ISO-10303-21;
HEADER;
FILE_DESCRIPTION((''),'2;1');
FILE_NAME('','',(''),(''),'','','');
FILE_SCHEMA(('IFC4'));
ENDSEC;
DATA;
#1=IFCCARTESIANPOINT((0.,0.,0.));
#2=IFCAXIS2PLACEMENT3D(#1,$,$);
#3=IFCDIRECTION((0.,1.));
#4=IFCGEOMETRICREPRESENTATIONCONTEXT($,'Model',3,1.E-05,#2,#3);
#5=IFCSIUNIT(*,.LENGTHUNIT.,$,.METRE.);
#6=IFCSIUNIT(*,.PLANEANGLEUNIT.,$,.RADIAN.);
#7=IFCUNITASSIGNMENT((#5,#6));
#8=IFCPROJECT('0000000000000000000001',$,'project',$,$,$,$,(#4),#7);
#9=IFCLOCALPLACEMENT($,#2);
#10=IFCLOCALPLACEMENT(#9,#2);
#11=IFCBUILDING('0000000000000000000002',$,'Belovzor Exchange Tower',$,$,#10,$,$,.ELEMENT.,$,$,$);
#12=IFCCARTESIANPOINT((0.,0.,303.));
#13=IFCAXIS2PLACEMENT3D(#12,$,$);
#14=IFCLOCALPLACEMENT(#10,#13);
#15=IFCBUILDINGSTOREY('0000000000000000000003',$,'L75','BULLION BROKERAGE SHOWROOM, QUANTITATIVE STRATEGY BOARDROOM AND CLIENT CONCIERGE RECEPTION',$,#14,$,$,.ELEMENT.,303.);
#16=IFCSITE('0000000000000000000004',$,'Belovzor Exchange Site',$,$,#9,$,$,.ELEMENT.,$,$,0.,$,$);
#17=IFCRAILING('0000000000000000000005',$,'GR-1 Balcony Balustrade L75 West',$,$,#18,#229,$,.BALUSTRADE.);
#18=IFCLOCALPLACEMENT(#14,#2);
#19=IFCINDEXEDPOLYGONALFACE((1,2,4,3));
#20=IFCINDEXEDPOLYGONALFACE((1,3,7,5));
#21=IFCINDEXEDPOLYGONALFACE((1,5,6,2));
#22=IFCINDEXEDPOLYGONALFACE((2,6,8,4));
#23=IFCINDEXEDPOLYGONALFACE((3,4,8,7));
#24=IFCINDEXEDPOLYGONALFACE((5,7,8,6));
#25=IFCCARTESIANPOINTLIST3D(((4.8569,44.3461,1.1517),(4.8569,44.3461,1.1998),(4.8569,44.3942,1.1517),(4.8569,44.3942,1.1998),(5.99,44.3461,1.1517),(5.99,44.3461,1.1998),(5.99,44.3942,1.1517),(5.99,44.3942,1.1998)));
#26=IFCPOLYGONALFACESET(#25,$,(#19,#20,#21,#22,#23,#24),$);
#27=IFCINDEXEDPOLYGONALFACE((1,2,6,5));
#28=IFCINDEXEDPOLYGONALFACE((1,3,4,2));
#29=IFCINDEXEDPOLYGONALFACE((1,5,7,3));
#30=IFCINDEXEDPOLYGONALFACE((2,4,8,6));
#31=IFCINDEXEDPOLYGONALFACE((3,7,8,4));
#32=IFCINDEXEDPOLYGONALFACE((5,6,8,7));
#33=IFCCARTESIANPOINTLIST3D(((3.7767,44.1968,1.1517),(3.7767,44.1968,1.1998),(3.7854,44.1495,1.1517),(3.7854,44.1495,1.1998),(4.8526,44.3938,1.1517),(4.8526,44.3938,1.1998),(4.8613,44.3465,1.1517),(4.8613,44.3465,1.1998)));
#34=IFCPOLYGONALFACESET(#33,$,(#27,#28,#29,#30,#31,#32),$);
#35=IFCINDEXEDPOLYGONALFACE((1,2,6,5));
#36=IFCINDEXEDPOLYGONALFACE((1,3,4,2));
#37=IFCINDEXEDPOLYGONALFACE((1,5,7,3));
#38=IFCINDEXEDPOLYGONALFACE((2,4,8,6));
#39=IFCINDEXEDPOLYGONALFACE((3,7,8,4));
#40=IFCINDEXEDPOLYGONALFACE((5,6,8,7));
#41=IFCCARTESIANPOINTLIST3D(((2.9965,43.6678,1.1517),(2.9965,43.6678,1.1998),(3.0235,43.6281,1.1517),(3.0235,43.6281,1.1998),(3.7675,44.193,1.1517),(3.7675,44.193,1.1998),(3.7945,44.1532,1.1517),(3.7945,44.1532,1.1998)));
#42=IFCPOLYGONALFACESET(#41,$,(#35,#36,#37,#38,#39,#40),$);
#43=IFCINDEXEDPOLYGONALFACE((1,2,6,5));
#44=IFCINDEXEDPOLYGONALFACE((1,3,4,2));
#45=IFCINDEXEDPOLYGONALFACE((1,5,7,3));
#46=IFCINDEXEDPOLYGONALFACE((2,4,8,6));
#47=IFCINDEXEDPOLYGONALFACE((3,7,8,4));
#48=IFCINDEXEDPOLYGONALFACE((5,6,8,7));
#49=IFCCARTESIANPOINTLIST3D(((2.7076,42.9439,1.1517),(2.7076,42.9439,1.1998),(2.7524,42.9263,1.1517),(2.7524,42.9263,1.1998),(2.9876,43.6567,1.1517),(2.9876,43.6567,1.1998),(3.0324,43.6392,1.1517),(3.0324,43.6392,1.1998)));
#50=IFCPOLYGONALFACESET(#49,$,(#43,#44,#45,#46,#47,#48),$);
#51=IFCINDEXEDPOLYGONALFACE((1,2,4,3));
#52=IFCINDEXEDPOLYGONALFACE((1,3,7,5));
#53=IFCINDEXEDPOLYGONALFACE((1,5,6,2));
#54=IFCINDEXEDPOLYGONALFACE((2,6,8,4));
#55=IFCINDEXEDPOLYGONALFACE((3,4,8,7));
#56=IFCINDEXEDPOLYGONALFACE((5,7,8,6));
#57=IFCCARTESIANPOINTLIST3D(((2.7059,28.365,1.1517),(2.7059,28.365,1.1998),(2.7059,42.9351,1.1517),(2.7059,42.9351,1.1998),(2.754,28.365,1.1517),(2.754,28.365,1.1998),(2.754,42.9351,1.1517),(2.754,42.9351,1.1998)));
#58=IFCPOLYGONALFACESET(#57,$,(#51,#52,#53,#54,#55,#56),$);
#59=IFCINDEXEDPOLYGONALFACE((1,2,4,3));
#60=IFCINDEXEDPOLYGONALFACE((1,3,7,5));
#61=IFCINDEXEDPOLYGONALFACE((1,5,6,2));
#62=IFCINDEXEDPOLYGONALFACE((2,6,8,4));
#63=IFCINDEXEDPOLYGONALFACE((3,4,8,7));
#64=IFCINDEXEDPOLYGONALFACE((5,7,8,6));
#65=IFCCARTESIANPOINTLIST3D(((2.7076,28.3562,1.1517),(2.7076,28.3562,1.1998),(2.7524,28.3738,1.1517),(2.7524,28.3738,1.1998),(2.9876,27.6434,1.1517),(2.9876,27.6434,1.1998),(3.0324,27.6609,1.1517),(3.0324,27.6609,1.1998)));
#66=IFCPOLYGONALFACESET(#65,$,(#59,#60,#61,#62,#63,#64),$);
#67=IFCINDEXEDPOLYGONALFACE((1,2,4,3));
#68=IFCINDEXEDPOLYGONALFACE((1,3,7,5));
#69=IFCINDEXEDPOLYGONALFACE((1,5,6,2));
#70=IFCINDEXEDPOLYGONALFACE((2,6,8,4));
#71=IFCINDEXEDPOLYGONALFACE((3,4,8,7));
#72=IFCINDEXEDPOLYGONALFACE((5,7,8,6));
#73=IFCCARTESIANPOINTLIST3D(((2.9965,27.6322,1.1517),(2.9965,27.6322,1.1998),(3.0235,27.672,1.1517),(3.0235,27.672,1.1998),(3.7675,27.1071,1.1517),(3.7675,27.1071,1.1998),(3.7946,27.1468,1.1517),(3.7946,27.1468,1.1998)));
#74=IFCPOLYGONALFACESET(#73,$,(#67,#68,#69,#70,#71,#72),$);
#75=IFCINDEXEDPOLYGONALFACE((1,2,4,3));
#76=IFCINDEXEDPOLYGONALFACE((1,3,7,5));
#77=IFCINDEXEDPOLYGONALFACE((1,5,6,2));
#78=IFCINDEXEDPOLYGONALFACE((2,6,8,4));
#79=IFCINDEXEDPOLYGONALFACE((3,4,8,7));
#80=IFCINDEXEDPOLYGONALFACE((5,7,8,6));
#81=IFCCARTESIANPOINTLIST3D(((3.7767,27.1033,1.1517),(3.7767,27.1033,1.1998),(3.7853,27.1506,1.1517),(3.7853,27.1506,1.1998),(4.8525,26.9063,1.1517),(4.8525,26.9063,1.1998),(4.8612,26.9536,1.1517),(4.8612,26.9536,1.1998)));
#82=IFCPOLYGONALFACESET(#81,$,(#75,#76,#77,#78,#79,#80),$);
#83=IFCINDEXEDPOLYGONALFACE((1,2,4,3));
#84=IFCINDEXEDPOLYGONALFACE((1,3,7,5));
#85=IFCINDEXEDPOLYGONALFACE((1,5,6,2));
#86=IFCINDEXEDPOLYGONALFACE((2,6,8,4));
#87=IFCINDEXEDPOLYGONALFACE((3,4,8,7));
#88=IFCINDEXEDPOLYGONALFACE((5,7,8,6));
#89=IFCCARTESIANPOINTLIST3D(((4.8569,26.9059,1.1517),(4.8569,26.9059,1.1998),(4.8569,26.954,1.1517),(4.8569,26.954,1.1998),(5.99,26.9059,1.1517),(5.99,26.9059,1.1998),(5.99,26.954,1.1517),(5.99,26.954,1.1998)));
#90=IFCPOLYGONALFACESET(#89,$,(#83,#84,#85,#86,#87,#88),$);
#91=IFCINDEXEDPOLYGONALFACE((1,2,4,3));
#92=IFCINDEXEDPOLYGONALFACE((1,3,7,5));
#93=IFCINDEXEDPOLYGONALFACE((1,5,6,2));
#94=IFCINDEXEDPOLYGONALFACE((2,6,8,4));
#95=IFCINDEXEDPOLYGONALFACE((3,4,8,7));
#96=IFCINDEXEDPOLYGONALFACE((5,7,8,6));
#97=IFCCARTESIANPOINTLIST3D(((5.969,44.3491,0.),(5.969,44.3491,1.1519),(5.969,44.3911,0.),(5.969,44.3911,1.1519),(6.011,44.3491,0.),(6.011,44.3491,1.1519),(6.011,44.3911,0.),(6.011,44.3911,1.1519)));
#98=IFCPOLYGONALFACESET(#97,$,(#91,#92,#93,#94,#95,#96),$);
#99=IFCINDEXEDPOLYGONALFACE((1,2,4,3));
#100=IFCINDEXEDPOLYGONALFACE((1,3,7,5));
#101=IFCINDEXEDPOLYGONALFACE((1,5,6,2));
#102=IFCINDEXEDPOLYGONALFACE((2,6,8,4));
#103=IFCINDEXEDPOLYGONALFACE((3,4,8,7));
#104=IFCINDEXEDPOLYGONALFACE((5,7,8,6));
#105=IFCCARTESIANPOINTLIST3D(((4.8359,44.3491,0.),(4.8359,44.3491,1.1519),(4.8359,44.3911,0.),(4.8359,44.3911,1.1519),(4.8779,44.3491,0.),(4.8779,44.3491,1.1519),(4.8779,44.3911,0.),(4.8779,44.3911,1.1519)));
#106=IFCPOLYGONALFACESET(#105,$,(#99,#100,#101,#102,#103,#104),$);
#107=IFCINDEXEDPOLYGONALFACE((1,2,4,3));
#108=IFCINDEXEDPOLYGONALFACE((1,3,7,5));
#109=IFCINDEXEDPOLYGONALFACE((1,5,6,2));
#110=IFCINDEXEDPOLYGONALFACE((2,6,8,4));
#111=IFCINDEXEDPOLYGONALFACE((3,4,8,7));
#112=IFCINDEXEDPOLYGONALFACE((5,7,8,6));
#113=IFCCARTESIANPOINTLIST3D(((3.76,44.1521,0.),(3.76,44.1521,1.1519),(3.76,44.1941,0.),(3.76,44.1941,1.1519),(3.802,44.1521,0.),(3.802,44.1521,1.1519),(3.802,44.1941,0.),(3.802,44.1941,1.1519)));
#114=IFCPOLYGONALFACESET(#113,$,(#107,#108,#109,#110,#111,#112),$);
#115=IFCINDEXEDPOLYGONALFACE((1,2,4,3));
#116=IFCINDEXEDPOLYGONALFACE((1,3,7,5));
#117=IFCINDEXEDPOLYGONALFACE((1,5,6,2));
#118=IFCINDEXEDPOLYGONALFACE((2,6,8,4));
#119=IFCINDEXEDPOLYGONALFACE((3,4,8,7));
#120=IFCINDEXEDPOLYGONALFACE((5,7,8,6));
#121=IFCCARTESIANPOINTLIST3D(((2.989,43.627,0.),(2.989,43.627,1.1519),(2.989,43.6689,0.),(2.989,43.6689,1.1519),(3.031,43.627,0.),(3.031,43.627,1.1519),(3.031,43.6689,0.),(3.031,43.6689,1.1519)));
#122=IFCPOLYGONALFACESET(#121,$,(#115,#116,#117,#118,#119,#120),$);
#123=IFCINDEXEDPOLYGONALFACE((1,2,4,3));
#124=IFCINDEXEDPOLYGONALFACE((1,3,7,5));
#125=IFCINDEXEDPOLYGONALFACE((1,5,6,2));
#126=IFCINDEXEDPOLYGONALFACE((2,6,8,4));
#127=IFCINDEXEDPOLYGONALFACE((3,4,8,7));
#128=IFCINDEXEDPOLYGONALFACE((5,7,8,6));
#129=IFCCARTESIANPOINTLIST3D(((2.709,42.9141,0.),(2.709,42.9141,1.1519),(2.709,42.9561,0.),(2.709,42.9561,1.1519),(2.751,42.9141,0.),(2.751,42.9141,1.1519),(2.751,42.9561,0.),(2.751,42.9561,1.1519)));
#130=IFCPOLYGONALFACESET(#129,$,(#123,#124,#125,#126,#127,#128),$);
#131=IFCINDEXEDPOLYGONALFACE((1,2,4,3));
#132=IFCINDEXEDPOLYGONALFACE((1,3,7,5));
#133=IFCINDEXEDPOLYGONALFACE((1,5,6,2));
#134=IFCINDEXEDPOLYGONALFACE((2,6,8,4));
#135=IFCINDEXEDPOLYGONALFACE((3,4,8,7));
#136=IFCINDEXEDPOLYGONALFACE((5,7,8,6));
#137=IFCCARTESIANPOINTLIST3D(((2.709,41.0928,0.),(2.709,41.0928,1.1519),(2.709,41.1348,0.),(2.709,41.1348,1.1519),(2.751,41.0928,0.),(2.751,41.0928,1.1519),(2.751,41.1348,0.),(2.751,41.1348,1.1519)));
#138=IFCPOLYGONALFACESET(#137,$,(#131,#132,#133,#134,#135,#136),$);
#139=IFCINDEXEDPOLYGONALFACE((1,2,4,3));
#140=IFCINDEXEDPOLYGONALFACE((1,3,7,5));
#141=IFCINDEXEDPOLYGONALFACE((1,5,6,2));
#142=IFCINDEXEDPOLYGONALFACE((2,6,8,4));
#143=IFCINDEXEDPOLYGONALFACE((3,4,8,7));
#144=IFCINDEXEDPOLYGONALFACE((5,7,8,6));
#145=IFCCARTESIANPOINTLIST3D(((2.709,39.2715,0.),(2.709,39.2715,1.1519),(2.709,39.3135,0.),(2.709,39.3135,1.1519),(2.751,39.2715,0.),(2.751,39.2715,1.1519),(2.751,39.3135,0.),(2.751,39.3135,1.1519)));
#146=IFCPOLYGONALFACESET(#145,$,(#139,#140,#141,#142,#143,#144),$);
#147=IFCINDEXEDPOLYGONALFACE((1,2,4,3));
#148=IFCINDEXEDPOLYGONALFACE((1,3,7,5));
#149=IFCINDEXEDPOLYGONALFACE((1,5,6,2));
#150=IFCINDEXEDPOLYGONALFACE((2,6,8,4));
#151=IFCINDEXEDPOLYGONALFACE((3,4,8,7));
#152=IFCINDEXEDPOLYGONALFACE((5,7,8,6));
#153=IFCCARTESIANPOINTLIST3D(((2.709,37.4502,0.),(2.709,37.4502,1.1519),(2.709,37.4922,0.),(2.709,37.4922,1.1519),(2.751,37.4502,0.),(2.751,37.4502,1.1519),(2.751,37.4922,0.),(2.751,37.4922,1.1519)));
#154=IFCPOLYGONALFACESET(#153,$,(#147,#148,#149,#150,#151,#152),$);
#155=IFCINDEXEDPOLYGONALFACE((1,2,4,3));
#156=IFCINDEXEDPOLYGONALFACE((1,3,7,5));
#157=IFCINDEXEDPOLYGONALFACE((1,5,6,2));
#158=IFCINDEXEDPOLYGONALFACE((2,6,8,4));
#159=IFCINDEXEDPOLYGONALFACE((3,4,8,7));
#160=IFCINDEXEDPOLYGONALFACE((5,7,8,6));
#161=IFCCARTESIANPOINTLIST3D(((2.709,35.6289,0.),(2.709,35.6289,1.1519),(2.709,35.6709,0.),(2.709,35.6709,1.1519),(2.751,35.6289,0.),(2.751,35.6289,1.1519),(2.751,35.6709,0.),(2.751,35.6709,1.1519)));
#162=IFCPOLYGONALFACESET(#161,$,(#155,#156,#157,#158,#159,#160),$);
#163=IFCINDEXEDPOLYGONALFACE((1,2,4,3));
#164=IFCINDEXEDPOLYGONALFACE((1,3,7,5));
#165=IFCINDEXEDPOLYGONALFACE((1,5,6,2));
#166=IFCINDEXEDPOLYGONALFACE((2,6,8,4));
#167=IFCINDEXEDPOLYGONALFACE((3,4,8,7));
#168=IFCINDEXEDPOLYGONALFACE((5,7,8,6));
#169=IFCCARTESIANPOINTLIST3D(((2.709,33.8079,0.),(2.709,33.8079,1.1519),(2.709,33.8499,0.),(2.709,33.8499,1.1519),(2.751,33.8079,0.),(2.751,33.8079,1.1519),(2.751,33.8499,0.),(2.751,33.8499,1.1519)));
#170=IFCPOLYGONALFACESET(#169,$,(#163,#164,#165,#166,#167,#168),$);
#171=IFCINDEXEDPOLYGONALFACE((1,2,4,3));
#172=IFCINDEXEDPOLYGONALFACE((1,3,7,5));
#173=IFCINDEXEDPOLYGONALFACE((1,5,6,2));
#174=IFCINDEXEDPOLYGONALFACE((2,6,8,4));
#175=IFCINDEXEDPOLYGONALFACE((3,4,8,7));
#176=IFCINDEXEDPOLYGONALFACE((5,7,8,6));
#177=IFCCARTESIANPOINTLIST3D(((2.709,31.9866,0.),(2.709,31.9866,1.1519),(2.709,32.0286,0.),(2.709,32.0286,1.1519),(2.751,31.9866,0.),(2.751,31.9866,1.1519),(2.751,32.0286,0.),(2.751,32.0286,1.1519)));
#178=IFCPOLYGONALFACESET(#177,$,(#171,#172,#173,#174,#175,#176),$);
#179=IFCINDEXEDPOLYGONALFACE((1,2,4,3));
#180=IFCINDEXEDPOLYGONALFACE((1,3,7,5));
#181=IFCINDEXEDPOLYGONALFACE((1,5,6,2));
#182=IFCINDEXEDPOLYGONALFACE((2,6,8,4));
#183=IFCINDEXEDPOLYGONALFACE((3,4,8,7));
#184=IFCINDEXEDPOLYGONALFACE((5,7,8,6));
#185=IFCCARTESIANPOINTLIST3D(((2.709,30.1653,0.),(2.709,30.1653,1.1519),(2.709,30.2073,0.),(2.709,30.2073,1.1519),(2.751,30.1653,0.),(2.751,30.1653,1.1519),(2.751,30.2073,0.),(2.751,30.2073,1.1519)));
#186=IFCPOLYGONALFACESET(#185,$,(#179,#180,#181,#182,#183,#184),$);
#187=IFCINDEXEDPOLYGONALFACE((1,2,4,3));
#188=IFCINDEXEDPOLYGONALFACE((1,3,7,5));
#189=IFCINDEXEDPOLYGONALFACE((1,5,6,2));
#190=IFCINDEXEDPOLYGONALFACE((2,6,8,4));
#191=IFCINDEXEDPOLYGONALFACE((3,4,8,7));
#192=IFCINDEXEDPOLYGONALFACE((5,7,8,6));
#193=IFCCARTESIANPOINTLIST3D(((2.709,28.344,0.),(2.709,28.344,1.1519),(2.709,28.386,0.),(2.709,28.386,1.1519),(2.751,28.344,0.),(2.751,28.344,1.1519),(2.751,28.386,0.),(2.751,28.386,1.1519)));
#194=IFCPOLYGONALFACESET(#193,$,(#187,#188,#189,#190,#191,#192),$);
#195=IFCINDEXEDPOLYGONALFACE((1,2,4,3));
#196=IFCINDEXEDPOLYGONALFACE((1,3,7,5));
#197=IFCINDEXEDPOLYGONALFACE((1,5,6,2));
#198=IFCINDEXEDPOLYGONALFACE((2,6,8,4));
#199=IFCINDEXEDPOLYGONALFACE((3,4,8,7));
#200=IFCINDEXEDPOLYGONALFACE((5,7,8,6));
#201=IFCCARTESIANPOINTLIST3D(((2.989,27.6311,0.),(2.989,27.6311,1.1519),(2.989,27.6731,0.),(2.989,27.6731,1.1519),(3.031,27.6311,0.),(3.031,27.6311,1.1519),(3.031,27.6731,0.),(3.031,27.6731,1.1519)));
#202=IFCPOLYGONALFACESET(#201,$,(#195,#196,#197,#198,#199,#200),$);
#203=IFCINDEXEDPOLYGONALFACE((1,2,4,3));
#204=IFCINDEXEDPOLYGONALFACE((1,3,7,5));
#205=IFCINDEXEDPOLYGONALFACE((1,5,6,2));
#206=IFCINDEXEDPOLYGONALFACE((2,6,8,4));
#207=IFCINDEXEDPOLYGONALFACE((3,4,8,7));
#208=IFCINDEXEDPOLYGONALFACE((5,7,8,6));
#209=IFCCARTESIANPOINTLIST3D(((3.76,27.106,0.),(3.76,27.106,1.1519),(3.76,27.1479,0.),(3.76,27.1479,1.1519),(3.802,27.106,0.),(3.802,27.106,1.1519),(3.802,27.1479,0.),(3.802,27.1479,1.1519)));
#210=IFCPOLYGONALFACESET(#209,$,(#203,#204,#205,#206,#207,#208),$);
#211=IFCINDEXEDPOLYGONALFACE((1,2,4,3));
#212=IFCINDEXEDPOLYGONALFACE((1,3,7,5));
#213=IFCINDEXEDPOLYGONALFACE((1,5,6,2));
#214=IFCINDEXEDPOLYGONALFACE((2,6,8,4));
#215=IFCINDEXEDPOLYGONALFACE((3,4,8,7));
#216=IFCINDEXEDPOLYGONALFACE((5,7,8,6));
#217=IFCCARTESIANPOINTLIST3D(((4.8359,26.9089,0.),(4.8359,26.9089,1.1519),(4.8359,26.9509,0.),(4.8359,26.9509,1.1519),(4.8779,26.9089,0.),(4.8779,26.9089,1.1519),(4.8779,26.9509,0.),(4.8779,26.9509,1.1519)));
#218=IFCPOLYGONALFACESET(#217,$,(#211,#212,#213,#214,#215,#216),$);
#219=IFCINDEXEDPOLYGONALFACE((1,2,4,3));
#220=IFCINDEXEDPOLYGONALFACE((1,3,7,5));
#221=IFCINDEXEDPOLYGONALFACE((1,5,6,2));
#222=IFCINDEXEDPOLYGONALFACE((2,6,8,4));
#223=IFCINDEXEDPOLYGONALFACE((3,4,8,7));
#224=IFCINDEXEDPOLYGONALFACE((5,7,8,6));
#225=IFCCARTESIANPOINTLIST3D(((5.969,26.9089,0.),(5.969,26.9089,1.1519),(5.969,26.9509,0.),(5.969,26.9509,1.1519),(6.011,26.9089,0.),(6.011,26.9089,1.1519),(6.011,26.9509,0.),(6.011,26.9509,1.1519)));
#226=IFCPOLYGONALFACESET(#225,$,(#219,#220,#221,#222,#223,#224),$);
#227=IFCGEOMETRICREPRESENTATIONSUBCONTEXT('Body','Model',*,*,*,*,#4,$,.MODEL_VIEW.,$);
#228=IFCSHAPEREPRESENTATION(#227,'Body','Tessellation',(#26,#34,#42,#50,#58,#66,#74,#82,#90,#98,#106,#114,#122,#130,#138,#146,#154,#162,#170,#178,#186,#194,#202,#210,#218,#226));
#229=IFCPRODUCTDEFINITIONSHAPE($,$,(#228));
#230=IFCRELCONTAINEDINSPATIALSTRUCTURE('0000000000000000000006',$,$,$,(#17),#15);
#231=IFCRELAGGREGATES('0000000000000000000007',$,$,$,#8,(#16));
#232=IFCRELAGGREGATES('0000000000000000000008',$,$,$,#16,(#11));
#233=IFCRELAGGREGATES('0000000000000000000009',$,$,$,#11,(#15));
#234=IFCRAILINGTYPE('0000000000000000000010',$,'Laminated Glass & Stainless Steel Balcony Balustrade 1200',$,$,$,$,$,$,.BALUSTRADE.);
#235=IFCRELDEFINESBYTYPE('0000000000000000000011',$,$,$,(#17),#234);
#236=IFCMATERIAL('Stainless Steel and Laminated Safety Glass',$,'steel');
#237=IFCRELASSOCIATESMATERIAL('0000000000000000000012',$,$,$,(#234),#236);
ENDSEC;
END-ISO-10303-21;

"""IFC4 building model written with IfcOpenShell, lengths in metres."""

from ifc_helpers import new_model, si_unit, direction, frame, origin, origin_2d, place, context, subcontext, project, spatial, rectangle, extrude, material, type_object, element, save


model = new_model("IFC4")

# Units and contexts
model_context = context("Model", 3, precision=1e-05, world=origin(), true_north=direction((0.0, 1.0)))
body_context = subcontext(model_context, "Body", "Model", "MODEL_VIEW")
ifc_project = project(units=[si_unit("LENGTHUNIT", "METRE"), si_unit("PLANEANGLEUNIT", "RADIAN")], contexts=[model_context])

# Site, building, storey
site_placement = place(None, origin())
site = spatial("IfcSite", under=ifc_project, at=site_placement, Name="Belovzor Exchange Site", CompositionType="ELEMENT", RefElevation=0.0)
building_placement = place(site_placement, origin())
building = spatial("IfcBuilding", under=site, at=building_placement, Name="Belovzor Exchange Tower", CompositionType="ELEMENT")
storey_placement = place(building_placement, frame((0.0, 0.0, 303.0)))
storey = spatial("IfcBuildingStorey", under=building, at=storey_placement, Name="L75", Description="BULLION BROKERAGE SHOWROOM, QUANTITATIVE STRATEGY BOARDROOM AND CLIENT CONCIERGE RECEPTION", CompositionType="ELEMENT", Elevation=303.0)

# Railing
ifc_material_1 = material(Name="Stainless Steel and Laminated Safety Glass", Category="steel")
railing_type = type_object("IfcRailingType", Name="Laminated Glass & Stainless Steel Balcony Balustrade 1200", PredefinedType="BALUSTRADE", material=ifc_material_1)
railing_placement = place(storey_placement, frame((5.99, 44.3701, 0.0)))
element("IfcRailing", 1, at=railing_placement, inside=storey, type_object=railing_type, Name="GR-1 Balcony Balustrade L75 West", PredefinedType="BALUSTRADE", context=body_context, shape_type="SweptSolid", body=[
    extrude(rectangle(XDim=0.0481, YDim=0.0481, at=origin_2d()), frame((0.0, 0.0, 1.1758), z_axis=(-1.0, 0.0, 0.0), x_axis=(0.0, -1.0, 0.0)), (0.0, 0.0, 1.0), 1.1331),
    extrude(rectangle(XDim=0.0481, YDim=0.0481, at=origin_2d()), frame((-1.1331, 0.0, 1.1758), z_axis=(-0.983644, -0.180123, 0.0), x_axis=(0.180123, -0.983644, 0.0)), (0.0, 0.0, 1.0), 1.0938),
    extrude(rectangle(XDim=0.0481, YDim=0.0481, at=origin_2d()), frame((-2.209, -0.197, 1.1758), z_axis=(-0.826493, -0.562947, 0.0), x_axis=(0.562947, -0.826493, 0.0)), (0.0, 0.0, 1.0), 0.9329),
    extrude(rectangle(XDim=0.0481, YDim=0.0481, at=origin_2d()), frame((-2.98, -0.7222, 1.1758), z_axis=(-0.365613, -0.930767, 0.0), x_axis=(0.930767, -0.365613, 0.0)), (0.0, 0.0, 1.0), 0.7659),
    extrude(rectangle(XDim=0.0481, YDim=0.0481, at=origin_2d()), frame((-3.26, -1.4351, 1.1758), z_axis=(0.0, -1.0, 0.0), x_axis=(1.0, 0.0, 0.0)), (0.0, 0.0, 1.0), 14.5701),
    extrude(rectangle(XDim=0.0481, YDim=0.0481, at=origin_2d()), frame((-3.26, -16.0051, 1.1758), z_axis=(0.365613, -0.930767, 0.0), x_axis=(0.930767, 0.365613, 0.0)), (0.0, 0.0, 1.0), 0.7659),
    extrude(rectangle(XDim=0.0481, YDim=0.0481, at=origin_2d()), frame((-2.98, -16.718, 1.1758), z_axis=(0.826493, -0.562947, 0.0), x_axis=(0.562947, 0.826493, 0.0)), (0.0, 0.0, 1.0), 0.9329),
    extrude(rectangle(XDim=0.0481, YDim=0.0481, at=origin_2d()), frame((-2.209, -17.2432, 1.1758), z_axis=(0.983644, -0.180123, 0.0), x_axis=(0.180123, 0.983644, 0.0)), (0.0, 0.0, 1.0), 1.0938),
    extrude(rectangle(XDim=0.0481, YDim=0.0481, at=origin_2d()), frame((-1.1331, -17.4402, 1.1758), z_axis=(1.0, 0.0, 0.0), x_axis=(0.0, 1.0, 0.0)), (0.0, 0.0, 1.0), 1.1331),
    extrude(rectangle(XDim=0.042, YDim=0.042, at=origin_2d()), origin(), (0.0, 0.0, 1.0), 1.1519),
    extrude(rectangle(XDim=0.042, YDim=0.042, at=origin_2d()), frame((-1.1331, 0.0, 0.0)), (0.0, 0.0, 1.0), 1.1519),
    extrude(rectangle(XDim=0.042, YDim=0.042, at=origin_2d()), frame((-2.209, -0.197, 0.0)), (0.0, 0.0, 1.0), 1.1519),
    extrude(rectangle(XDim=0.042, YDim=0.042, at=origin_2d()), frame((-2.98, -0.7222, 0.0)), (0.0, 0.0, 1.0), 1.1519),
    extrude(rectangle(XDim=0.042, YDim=0.042, at=origin_2d()), frame((-3.26, -1.4351, 0.0)), (0.0, 0.0, 1.0), 1.1519),
    extrude(rectangle(XDim=0.042, YDim=0.042, at=origin_2d()), frame((-3.26, -3.2563, 0.0)), (0.0, 0.0, 1.0), 1.1519),
    extrude(rectangle(XDim=0.042, YDim=0.042, at=origin_2d()), frame((-3.26, -5.0776, 0.0)), (0.0, 0.0, 1.0), 1.1519),
    extrude(rectangle(XDim=0.042, YDim=0.042, at=origin_2d()), frame((-3.26, -6.8989, 0.0)), (0.0, 0.0, 1.0), 1.1519),
    extrude(rectangle(XDim=0.042, YDim=0.042, at=origin_2d()), frame((-3.26, -8.7202, 0.0)), (0.0, 0.0, 1.0), 1.1519),
    extrude(rectangle(XDim=0.042, YDim=0.042, at=origin_2d()), frame((-3.26, -10.5413, 0.0)), (0.0, 0.0, 1.0), 1.1519),
    extrude(rectangle(XDim=0.042, YDim=0.042, at=origin_2d()), frame((-3.26, -12.3625, 0.0)), (0.0, 0.0, 1.0), 1.1519),
    extrude(rectangle(XDim=0.042, YDim=0.042, at=origin_2d()), frame((-3.26, -14.1838, 0.0)), (0.0, 0.0, 1.0), 1.1519),
    extrude(rectangle(XDim=0.042, YDim=0.042, at=origin_2d()), frame((-3.26, -16.0051, 0.0)), (0.0, 0.0, 1.0), 1.1519),
    extrude(rectangle(XDim=0.042, YDim=0.042, at=origin_2d()), frame((-2.98, -16.718, 0.0)), (0.0, 0.0, 1.0), 1.1519),
    extrude(rectangle(XDim=0.042, YDim=0.042, at=origin_2d()), frame((-2.209, -17.2432, 0.0)), (0.0, 0.0, 1.0), 1.1519),
    extrude(rectangle(XDim=0.042, YDim=0.042, at=origin_2d()), frame((-1.1331, -17.4402, 0.0)), (0.0, 0.0, 1.0), 1.1519),
    extrude(rectangle(XDim=0.042, YDim=0.042, at=origin_2d()), frame((0.0, -17.4402, 0.0)), (0.0, 0.0, 1.0), 1.1519),
])

save(model, "model.ifc")
